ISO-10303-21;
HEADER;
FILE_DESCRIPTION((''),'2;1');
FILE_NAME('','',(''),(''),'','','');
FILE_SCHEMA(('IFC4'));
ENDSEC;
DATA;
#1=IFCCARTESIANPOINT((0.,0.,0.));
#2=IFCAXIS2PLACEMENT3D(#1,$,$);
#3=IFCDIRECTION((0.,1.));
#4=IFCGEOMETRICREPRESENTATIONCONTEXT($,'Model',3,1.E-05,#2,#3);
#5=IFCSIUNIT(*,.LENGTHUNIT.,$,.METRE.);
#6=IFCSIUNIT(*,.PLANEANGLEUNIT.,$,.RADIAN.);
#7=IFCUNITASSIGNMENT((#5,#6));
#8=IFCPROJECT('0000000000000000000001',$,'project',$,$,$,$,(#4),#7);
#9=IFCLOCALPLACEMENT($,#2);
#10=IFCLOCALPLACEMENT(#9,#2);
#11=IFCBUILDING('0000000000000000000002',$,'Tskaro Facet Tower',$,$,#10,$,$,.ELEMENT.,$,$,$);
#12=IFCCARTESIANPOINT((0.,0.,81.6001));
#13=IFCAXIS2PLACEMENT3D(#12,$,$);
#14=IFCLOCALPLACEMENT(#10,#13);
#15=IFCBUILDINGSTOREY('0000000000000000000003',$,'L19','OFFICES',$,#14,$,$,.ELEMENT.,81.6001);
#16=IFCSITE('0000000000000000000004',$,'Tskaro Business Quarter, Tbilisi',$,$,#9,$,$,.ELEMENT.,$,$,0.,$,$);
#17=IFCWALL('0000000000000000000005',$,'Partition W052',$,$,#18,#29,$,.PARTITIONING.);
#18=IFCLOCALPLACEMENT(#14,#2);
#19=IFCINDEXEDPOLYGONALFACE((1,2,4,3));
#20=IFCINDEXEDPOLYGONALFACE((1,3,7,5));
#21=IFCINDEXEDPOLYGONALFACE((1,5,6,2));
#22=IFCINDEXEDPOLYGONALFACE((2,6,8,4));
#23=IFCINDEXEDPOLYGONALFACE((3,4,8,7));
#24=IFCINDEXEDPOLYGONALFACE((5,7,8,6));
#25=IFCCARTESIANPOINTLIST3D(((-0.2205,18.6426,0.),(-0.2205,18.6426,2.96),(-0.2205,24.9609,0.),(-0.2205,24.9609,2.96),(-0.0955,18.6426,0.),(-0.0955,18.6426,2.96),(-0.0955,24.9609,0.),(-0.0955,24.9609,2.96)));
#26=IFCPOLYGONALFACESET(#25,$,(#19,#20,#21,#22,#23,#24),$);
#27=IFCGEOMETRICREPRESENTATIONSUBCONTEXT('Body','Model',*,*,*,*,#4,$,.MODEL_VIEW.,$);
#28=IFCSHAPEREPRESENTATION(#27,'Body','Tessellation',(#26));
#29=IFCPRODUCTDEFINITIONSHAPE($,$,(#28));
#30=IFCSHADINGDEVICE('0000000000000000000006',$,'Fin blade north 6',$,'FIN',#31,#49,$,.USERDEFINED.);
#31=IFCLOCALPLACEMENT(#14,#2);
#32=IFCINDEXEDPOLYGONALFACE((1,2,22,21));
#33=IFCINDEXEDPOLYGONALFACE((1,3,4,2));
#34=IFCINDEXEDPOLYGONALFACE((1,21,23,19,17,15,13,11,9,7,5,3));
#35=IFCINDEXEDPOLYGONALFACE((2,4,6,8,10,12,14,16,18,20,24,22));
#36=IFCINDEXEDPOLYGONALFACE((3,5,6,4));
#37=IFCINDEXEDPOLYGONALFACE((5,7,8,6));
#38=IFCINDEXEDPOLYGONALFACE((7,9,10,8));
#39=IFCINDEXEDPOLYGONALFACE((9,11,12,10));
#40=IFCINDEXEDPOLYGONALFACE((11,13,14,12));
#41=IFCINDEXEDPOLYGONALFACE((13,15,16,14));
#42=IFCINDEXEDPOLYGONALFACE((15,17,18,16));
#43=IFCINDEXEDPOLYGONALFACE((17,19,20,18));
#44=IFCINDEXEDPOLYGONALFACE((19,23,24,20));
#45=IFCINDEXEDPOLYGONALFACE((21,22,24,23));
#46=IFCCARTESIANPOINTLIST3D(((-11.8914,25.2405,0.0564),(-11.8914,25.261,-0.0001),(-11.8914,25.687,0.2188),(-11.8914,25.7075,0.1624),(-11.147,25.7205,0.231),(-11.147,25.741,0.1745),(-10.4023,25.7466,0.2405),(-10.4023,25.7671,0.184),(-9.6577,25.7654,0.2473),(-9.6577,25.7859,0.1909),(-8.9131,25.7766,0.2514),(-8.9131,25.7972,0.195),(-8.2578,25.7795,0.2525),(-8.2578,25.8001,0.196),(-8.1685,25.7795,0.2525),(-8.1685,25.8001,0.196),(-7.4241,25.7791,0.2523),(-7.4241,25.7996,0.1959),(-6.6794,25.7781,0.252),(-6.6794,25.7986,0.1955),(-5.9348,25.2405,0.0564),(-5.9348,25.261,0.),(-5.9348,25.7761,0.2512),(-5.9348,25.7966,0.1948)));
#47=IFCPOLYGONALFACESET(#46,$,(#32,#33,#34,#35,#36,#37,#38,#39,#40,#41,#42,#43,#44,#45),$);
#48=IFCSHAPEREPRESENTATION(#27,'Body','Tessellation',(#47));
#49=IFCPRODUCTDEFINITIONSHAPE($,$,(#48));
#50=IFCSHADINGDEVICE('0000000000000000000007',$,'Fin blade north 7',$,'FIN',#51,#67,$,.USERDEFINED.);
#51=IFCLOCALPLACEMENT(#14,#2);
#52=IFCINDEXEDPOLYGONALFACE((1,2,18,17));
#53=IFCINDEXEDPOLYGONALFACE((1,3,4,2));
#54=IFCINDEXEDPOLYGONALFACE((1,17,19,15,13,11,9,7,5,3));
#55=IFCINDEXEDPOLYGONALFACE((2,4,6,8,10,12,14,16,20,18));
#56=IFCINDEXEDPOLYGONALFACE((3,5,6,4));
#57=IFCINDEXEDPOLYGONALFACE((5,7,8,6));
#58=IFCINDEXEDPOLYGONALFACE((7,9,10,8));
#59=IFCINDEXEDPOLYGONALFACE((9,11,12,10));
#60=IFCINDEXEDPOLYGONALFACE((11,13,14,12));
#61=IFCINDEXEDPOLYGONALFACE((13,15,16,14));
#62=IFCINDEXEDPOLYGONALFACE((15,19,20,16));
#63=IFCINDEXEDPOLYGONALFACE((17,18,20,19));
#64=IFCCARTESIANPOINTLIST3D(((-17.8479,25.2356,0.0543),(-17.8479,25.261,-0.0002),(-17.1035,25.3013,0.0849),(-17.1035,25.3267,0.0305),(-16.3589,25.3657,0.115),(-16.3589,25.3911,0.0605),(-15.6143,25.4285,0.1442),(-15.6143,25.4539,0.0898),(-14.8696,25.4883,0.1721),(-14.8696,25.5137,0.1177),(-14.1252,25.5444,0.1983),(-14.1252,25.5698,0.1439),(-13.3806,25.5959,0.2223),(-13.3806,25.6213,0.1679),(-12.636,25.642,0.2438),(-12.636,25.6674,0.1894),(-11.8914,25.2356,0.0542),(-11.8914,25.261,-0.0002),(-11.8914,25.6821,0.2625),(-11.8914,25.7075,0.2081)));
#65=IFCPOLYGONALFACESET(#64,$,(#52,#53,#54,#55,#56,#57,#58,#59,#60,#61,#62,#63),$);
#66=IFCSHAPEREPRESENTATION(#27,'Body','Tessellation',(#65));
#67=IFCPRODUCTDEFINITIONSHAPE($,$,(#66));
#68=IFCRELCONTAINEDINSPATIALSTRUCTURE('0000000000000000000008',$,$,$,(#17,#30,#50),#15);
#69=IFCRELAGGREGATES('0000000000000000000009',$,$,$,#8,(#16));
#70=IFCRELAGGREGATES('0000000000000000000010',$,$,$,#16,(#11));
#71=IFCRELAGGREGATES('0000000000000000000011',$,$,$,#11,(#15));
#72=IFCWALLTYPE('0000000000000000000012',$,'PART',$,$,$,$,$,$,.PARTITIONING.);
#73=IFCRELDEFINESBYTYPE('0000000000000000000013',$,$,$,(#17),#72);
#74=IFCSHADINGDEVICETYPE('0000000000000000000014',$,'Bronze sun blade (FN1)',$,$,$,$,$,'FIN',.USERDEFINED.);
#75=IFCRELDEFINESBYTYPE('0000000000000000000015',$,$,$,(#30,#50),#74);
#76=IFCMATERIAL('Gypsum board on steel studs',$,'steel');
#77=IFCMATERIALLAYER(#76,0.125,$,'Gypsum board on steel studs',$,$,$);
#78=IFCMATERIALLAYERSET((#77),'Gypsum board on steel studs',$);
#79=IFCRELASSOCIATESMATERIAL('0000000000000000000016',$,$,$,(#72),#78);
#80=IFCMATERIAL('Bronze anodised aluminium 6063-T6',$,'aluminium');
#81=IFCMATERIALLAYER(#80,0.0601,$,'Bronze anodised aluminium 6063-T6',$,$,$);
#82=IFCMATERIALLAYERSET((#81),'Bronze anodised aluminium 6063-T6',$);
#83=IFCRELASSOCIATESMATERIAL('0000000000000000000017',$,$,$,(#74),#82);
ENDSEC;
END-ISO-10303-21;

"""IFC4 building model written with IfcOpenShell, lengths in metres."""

from ifc_helpers import new_model, si_unit, direction, frame, frame_2d, origin, place, context, subcontext, project, spatial, polyline, rectangle, outline, extrude, material, layer, layer_set, type_object, element, save


model = new_model("IFC4")

# Units and contexts
model_context = context("Model", 3, precision=1e-05, world=origin(), true_north=direction((0.0, 1.0)))
body_context = subcontext(model_context, "Body", "Model", "MODEL_VIEW")
ifc_project = project(units=[si_unit("LENGTHUNIT", "METRE"), si_unit("PLANEANGLEUNIT", "RADIAN")], contexts=[model_context])

# Site, building, storey
site_placement = place(None, origin())
site = spatial("IfcSite", under=ifc_project, at=site_placement, Name="Tskaro Business Quarter, Tbilisi", CompositionType="ELEMENT", RefElevation=0.0)
building_placement = place(site_placement, origin())
building = spatial("IfcBuilding", under=site, at=building_placement, Name="Tskaro Facet Tower", CompositionType="ELEMENT")
storey_placement = place(building_placement, frame((0.0, 0.0, 81.6001)))
storey = spatial("IfcBuildingStorey", under=building, at=storey_placement, Name="L19", Description="OFFICES", CompositionType="ELEMENT", Elevation=81.6001)

# Shared definitions
ifc_material_1 = material(Name="Bronze anodised aluminium 6063-T6", Category="aluminium")

# Shared definitions
ifc_material_2 = material(Name="Gypsum board on steel studs", Category="steel")
ifc_layer_1 = layer(ifc_material_2, 0.125, Name="Gypsum board on steel studs")
ifc_layer_set_1 = layer_set([ifc_layer_1], Name="Gypsum board on steel studs")
wall_type = type_object("IfcWallType", Name="PART", PredefinedType="PARTITIONING", material=ifc_layer_set_1)

# Wall
for number, where, z_axis, x_axis, name in (
    (1, (-0.158, 18.6426, 0.0), (0.0, 0.0, 1.0), (0.0, 1.0, 0.0), "Partition W052"),
):
    element("IfcWall", number, at=place(storey_placement, frame(where, z_axis=z_axis, x_axis=x_axis)), inside=storey, type_object=wall_type, Name=name, PredefinedType="PARTITIONING", context=body_context, shape_type="SweptSolid", body=[
        extrude(rectangle(XDim=6.3184, YDim=0.125, at=frame_2d((3.1592, 0.0))), origin(), (0.0, 0.0, 1.0), 2.96),
    ])

# Shading devices
ifc_layer_2 = layer(ifc_material_1, 0.0601, Name="Bronze anodised aluminium 6063-T6")
ifc_layer_set_2 = layer_set([ifc_layer_2], Name="Bronze anodised aluminium 6063-T6")
shading_device_type = type_object("IfcShadingDeviceType", Name="Bronze sun blade (FN1)", ElementType="FIN", PredefinedType="USERDEFINED", material=ifc_layer_set_2)
shading_device_1_placement = place(storey_placement, frame((-5.9348, 25.2405, 0.0564), z_axis=(-0.000004, -0.341846, 0.939756), x_axis=(-1.0, 0.000001, -0.000004)))
element("IfcShadingDevice", 2, at=shading_device_1_placement, inside=storey, type_object=shading_device_type, Name="Fin blade north 6", ObjectType="FIN", PredefinedType="USERDEFINED", context=body_context, shape_type="SweptSolid", body=[
    extrude(outline(polyline([(0.0, 0.0), (5.9565, 0.0), (5.9565, -0.4751), (5.2122, -0.5107), (4.4675, -0.5385), (3.7229, -0.5585), (2.9783, -0.5705), (2.323, -0.5736), (2.2336, -0.5736), (1.4893, -0.5731), (0.7446, -0.5721), (0.0, -0.57), (0.0, 0.0)])), origin(), (0.0, 0.0, -1.0), 0.0601),
])
shading_device_2_placement = place(storey_placement, frame((-11.8914, 25.2356, 0.0542), z_axis=(0.000012, -0.422761, 0.906241), x_axis=(-1.0, -0.000005, 0.000011)))
element("IfcShadingDevice", 3, at=shading_device_2_placement, inside=storey, type_object=shading_device_type, Name="Fin blade north 7", ObjectType="FIN", PredefinedType="USERDEFINED", context=body_context, shape_type="SweptSolid", body=[
    extrude(outline(polyline([(0.0, 0.0), (5.9565, 0.0), (5.2122, -0.0725), (4.4675, -0.1436), (3.7229, -0.2129), (2.9783, -0.2788), (2.2339, -0.3408), (1.4893, -0.3976), (0.7446, -0.4485), (0.0, -0.4927), (0.0, 0.0)])), origin(), (0.0, 0.0, -1.0), 0.0601),
])

save(model, "model.ifc")
